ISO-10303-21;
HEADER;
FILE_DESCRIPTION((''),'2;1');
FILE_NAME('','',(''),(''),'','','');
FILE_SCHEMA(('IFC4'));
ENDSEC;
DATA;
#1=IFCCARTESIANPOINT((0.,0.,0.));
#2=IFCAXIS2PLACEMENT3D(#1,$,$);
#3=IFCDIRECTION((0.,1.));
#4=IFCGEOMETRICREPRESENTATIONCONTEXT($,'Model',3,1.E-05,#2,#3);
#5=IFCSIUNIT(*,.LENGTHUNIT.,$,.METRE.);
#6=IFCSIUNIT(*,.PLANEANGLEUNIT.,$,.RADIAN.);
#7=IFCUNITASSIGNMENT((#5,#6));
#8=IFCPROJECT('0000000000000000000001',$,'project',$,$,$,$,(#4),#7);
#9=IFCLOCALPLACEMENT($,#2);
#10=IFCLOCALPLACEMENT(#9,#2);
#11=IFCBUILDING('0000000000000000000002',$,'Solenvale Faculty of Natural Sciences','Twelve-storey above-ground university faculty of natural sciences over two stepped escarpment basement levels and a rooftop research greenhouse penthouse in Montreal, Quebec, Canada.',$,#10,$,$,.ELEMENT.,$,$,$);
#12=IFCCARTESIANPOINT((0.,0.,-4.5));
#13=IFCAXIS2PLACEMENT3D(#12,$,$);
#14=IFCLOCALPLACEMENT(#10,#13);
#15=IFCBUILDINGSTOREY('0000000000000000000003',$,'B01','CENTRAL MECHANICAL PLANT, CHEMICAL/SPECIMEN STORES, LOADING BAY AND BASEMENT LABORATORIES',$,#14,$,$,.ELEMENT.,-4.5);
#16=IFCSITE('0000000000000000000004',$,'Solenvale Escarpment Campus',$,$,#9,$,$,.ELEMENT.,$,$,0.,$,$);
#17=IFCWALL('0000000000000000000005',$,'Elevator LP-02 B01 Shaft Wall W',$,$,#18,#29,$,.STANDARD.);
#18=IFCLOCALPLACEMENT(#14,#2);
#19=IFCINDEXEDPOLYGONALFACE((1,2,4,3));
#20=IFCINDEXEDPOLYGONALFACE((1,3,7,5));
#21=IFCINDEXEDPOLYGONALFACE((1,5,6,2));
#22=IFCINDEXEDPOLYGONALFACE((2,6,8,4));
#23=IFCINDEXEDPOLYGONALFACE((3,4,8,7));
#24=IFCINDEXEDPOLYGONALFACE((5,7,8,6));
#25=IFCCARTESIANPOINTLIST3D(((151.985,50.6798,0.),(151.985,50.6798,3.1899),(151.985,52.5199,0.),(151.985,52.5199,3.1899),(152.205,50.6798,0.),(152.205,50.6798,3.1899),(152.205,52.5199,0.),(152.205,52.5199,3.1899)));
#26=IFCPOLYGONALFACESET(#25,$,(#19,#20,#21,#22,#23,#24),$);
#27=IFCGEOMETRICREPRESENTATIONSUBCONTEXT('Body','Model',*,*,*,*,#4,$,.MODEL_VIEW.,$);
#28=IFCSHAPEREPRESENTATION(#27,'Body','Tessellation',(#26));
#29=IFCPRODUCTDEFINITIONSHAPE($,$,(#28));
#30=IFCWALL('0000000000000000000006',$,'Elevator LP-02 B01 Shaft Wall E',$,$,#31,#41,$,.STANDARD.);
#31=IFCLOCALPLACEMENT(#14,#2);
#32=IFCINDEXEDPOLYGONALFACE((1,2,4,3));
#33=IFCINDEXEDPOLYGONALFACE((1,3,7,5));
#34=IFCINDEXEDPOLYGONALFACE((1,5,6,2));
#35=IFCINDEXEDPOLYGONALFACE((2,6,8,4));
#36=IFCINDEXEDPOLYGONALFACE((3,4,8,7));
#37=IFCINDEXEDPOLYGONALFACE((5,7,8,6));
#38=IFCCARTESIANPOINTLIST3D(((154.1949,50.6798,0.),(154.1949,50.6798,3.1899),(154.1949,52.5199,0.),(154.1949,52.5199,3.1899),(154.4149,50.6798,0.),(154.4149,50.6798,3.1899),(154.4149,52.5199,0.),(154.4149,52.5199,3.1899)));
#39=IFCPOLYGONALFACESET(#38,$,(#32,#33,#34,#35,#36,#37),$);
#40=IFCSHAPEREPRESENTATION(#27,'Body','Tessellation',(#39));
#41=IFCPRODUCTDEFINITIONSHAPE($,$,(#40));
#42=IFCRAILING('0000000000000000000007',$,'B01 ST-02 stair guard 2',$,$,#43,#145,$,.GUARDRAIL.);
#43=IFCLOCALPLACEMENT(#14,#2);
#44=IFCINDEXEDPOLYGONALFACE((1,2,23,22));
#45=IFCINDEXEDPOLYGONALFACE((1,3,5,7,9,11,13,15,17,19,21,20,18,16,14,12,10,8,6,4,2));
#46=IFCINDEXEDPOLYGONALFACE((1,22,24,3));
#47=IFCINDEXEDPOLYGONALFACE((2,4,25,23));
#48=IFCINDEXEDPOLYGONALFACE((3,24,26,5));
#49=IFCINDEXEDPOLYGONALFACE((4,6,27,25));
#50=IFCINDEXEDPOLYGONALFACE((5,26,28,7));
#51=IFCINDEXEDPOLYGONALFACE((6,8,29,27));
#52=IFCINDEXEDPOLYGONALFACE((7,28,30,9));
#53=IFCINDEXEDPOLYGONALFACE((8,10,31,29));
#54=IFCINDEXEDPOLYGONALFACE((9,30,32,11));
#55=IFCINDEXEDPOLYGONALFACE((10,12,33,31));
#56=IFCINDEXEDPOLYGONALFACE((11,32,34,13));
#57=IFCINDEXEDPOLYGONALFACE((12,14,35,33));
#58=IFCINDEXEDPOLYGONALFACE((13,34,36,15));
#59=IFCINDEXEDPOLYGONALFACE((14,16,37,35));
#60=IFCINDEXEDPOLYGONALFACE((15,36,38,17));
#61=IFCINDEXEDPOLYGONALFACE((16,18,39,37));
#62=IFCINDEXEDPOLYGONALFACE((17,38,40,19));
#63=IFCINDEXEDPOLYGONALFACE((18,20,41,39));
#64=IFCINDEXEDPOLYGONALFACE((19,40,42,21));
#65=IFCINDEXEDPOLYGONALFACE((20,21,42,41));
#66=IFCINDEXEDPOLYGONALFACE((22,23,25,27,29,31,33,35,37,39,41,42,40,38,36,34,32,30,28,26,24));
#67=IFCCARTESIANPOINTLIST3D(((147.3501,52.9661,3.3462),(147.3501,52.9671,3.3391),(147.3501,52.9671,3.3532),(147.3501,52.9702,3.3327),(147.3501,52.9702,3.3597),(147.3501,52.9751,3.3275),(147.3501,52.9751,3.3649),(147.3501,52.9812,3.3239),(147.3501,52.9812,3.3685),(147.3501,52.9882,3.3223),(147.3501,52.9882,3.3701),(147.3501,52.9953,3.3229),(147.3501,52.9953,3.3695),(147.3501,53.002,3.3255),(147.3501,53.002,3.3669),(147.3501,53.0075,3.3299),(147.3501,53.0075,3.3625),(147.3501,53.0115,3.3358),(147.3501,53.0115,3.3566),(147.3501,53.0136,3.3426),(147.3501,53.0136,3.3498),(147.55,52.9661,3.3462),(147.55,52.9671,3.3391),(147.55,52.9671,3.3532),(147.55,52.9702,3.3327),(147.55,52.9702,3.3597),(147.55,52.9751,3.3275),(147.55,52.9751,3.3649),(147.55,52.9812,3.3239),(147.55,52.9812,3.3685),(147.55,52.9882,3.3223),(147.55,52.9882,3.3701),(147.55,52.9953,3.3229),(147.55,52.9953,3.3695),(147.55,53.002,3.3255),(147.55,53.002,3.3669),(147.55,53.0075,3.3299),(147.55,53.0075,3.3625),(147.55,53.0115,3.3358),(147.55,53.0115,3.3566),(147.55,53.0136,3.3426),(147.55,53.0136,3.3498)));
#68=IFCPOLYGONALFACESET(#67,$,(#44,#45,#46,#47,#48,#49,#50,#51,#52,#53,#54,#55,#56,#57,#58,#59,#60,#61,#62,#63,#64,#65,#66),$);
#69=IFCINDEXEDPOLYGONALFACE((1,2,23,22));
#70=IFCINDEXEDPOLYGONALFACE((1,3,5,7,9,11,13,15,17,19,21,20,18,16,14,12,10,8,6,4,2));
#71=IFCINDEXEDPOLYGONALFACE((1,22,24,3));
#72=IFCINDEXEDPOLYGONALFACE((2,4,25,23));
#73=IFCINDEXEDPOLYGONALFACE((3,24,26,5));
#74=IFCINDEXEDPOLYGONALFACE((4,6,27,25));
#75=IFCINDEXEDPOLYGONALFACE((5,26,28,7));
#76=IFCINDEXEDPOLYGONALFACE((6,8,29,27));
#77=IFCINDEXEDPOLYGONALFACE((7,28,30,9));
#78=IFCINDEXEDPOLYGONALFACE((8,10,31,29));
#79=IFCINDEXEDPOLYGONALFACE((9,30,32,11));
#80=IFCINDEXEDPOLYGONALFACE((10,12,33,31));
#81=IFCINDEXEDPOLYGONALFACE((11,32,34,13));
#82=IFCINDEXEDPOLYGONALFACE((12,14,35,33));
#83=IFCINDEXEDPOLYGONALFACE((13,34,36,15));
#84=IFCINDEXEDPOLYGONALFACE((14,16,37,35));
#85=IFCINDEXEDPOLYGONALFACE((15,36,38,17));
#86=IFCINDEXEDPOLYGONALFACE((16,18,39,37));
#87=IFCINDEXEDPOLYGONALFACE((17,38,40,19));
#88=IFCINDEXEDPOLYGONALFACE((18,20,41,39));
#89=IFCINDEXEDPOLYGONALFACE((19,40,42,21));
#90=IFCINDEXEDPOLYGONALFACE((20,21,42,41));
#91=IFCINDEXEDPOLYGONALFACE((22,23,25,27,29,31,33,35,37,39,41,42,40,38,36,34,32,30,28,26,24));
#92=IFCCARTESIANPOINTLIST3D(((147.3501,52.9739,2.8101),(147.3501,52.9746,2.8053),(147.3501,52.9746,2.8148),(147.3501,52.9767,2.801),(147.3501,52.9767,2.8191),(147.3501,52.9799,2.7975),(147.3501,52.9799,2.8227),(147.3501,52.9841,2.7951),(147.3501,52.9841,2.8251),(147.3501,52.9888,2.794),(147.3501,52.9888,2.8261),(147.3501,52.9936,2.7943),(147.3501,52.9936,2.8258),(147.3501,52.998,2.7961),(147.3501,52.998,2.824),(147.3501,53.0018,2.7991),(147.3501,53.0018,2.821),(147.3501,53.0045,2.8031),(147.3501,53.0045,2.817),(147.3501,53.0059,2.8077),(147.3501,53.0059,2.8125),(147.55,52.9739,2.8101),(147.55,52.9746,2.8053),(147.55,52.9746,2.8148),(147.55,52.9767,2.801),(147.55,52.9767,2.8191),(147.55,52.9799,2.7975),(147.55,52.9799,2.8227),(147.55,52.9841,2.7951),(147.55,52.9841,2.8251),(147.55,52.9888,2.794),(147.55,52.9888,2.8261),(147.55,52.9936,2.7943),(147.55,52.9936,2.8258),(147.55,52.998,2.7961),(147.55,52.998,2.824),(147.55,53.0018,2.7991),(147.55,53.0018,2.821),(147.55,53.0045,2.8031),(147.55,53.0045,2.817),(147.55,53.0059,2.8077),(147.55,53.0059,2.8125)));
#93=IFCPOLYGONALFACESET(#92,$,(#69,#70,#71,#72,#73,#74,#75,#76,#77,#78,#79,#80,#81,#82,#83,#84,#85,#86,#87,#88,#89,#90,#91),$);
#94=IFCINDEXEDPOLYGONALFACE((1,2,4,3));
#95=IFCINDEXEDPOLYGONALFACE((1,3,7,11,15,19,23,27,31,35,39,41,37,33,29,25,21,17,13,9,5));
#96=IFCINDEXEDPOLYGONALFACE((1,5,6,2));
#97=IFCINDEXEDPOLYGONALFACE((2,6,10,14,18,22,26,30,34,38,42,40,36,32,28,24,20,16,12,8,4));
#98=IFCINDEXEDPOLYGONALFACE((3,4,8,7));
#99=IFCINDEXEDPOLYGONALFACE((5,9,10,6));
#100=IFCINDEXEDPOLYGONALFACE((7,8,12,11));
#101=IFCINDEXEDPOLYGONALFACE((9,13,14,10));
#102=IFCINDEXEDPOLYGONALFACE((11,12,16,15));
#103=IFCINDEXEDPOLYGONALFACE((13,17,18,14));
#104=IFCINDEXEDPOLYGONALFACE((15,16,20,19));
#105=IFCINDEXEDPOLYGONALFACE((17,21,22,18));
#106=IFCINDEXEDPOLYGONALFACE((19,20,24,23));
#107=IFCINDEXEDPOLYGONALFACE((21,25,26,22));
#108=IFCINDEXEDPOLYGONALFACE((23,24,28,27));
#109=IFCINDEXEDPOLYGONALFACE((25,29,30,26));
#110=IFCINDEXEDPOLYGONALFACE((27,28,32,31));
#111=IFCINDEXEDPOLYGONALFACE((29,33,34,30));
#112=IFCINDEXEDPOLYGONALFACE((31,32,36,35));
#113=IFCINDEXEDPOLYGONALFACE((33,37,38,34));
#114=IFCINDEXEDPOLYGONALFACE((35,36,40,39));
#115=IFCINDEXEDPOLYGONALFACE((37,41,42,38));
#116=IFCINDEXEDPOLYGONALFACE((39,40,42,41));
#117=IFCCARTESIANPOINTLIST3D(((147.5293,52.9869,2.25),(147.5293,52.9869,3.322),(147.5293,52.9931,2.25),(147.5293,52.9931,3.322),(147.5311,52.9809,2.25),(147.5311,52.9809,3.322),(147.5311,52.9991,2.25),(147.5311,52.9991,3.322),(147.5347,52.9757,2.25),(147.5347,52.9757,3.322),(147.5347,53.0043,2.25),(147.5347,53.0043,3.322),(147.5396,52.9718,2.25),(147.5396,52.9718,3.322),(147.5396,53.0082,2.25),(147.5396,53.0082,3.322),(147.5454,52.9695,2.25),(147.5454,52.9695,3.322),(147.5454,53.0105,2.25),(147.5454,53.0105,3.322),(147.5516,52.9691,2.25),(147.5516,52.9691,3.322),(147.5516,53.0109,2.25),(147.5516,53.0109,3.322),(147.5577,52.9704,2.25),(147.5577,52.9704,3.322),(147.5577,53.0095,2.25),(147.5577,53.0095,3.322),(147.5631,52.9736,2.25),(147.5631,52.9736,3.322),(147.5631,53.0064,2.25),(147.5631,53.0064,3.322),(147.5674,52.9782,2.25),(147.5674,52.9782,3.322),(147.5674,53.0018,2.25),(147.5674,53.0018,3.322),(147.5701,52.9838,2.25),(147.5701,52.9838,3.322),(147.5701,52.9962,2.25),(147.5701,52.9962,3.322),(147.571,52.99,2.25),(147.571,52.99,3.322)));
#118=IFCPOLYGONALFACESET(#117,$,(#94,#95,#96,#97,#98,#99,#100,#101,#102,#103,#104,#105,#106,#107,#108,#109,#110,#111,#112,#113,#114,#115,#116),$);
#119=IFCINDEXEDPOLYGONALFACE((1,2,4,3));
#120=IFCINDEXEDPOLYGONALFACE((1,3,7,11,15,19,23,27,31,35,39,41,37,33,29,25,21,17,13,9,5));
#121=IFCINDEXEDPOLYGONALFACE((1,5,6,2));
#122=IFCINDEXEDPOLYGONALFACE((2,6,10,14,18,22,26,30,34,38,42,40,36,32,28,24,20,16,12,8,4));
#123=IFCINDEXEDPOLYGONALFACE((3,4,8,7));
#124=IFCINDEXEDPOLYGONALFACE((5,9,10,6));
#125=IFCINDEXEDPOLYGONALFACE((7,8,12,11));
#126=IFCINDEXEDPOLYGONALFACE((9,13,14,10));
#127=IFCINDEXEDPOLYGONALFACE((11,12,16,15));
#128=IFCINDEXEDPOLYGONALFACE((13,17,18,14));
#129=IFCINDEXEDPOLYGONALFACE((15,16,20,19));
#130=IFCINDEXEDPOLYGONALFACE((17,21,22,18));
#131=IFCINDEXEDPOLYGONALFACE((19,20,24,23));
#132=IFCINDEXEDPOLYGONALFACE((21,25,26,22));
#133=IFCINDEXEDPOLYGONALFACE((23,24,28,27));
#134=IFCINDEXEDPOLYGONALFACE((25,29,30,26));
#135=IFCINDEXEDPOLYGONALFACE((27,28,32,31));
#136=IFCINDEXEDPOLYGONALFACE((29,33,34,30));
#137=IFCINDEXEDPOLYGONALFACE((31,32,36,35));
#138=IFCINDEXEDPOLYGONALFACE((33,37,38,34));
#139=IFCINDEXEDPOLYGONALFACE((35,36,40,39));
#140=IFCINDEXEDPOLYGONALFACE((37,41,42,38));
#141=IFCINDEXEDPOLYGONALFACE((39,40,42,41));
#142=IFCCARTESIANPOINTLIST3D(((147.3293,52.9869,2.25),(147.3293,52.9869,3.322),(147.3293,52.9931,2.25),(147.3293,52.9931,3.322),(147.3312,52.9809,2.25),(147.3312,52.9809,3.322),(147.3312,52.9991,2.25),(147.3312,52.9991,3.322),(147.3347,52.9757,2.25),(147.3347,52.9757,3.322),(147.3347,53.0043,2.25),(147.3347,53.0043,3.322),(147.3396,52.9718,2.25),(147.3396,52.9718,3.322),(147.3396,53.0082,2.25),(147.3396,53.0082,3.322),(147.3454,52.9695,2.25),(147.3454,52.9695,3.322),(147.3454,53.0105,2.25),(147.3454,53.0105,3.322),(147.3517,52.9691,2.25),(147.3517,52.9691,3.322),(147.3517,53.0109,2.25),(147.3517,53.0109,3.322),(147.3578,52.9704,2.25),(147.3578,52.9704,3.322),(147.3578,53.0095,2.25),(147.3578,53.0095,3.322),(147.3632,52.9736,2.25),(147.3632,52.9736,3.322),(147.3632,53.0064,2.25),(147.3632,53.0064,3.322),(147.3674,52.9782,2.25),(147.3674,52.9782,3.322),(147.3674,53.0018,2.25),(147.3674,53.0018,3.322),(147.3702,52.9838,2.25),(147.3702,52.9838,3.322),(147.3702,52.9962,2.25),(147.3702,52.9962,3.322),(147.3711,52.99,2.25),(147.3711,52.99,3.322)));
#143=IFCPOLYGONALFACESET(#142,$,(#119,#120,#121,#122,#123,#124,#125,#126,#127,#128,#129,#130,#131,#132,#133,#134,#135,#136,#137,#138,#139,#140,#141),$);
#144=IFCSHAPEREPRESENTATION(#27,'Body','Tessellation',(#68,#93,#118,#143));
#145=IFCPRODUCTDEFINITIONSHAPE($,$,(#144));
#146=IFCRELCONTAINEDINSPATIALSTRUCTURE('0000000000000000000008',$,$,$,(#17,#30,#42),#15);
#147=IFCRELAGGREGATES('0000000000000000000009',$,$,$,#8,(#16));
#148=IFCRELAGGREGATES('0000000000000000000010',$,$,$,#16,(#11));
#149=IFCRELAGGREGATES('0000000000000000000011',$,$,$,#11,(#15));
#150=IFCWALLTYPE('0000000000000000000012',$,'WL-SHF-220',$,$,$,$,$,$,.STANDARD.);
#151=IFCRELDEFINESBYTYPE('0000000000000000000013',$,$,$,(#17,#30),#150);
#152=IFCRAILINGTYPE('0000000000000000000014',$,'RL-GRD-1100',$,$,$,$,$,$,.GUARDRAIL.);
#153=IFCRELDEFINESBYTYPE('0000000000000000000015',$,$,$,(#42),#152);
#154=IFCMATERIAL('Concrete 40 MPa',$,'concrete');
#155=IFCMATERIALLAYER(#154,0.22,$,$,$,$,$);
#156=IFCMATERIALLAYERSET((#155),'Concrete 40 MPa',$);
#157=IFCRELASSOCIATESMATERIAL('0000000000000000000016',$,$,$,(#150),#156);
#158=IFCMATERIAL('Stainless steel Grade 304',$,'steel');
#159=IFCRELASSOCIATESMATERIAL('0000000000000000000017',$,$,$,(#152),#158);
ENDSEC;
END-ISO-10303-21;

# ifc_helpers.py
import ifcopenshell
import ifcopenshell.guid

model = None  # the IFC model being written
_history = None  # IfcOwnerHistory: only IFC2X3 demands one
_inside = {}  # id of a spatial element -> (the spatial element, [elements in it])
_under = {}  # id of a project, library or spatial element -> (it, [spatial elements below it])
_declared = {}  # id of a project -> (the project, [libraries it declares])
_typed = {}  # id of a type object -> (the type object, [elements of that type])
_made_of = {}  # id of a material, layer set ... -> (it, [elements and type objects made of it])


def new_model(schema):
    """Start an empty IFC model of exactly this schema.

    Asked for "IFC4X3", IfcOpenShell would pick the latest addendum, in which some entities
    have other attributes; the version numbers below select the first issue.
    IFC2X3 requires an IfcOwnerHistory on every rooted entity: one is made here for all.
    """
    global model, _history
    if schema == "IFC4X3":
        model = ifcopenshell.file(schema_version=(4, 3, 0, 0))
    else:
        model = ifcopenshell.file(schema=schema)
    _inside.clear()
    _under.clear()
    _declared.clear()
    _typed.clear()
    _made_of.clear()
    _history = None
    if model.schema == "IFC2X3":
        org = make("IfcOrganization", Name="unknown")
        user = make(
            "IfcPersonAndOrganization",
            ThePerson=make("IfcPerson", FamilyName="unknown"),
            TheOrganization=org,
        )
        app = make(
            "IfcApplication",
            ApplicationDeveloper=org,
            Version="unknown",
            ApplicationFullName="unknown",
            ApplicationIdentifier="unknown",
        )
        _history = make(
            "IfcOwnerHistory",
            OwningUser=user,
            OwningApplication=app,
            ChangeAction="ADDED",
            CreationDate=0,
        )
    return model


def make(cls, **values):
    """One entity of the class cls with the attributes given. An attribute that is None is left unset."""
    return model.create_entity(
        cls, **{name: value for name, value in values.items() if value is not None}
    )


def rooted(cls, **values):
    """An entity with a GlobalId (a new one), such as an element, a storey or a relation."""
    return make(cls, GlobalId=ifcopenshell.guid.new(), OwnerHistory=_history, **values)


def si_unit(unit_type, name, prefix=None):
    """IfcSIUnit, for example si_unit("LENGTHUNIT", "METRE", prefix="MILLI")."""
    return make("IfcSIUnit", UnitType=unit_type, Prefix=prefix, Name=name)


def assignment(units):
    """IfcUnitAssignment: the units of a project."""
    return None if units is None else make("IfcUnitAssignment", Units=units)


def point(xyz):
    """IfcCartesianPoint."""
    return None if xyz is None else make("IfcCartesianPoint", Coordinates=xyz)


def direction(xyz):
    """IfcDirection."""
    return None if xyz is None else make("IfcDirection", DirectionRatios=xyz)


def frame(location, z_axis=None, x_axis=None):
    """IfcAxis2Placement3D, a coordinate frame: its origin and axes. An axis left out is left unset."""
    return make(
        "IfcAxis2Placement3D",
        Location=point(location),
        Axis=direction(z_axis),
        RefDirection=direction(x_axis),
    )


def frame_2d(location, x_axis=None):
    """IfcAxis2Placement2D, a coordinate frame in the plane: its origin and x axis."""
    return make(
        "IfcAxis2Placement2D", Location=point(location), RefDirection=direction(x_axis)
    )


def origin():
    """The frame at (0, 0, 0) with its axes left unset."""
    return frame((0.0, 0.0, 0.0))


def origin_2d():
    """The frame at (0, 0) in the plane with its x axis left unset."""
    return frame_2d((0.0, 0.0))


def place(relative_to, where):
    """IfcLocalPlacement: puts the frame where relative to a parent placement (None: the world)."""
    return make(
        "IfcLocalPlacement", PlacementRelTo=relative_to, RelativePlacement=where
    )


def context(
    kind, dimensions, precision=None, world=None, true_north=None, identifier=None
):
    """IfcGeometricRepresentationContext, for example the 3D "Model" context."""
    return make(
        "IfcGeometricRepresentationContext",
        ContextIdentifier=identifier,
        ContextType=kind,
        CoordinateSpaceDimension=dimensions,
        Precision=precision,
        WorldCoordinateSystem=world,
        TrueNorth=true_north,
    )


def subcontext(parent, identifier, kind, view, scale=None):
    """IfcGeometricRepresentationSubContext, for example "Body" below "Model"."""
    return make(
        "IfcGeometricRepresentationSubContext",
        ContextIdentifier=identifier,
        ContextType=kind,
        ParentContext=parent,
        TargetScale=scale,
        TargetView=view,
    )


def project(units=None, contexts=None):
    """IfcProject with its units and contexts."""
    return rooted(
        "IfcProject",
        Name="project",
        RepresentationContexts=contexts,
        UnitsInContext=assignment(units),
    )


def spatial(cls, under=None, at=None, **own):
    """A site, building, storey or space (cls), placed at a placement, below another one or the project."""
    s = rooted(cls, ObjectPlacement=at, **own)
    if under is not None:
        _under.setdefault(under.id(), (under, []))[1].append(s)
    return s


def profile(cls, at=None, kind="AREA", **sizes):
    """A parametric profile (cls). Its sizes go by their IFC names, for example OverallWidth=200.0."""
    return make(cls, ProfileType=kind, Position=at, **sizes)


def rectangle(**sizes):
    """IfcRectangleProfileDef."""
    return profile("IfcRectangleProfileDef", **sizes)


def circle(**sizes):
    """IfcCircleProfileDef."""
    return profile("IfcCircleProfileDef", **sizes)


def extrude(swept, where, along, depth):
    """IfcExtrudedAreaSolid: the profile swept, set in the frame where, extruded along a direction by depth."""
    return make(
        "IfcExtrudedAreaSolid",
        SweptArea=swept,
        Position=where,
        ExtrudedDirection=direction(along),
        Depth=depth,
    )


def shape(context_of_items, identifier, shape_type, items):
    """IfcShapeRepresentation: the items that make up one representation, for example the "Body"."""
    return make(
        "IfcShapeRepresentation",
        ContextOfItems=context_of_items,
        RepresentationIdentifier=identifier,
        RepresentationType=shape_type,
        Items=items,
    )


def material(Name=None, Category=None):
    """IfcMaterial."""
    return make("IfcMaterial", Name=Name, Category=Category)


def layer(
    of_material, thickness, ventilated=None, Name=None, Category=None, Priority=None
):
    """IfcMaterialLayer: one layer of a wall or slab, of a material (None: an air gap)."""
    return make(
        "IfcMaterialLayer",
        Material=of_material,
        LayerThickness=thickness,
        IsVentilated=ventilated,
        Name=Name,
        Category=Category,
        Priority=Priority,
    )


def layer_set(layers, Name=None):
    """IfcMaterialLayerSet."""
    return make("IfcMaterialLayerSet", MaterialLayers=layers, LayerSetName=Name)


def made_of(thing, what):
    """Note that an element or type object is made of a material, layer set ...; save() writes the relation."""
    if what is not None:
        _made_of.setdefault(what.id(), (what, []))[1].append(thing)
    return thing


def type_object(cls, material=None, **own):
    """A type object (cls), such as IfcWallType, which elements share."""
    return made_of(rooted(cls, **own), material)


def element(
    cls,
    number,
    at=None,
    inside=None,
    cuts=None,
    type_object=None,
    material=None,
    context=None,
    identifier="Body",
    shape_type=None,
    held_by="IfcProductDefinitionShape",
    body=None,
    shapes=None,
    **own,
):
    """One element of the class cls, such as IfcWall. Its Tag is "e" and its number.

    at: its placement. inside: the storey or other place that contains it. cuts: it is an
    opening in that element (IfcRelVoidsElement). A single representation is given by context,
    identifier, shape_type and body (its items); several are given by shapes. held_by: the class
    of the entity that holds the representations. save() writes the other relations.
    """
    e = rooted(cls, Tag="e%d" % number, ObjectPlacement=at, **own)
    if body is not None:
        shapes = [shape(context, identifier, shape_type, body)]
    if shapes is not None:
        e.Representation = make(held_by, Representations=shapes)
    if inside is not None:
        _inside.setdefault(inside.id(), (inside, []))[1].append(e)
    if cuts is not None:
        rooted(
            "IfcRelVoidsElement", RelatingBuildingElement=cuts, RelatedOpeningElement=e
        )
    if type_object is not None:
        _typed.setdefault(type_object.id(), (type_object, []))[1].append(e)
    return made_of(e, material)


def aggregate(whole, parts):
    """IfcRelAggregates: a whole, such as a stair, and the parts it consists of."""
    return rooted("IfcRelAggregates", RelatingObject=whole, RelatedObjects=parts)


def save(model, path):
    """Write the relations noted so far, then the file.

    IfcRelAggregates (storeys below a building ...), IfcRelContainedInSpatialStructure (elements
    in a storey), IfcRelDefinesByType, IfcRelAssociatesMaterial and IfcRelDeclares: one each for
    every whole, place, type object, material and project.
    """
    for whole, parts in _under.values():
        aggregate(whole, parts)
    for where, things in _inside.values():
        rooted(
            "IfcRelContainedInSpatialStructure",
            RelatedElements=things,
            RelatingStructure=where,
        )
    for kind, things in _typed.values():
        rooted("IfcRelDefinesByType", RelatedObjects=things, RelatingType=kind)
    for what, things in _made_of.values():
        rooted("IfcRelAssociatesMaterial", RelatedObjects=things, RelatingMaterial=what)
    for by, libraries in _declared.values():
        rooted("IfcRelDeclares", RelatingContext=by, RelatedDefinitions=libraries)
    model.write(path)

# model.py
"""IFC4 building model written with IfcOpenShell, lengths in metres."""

from ifc_helpers import new_model, si_unit, direction, frame, frame_2d, origin, origin_2d, place, context, subcontext, project, spatial, rectangle, circle, extrude, material, layer, layer_set, type_object, element, save


model = new_model("IFC4")

# Units and contexts
model_context = context("Model", 3, precision=1e-05, world=origin(), true_north=direction((0.0, 1.0)))
body_context = subcontext(model_context, "Body", "Model", "MODEL_VIEW")
ifc_project = project(units=[si_unit("LENGTHUNIT", "METRE"), si_unit("PLANEANGLEUNIT", "RADIAN")], contexts=[model_context])

# Site, building, storey
site_placement = place(None, origin())
site = spatial("IfcSite", under=ifc_project, at=site_placement, Name="Solenvale Escarpment Campus", CompositionType="ELEMENT", RefElevation=0.0)
building_placement = place(site_placement, origin())
building = spatial("IfcBuilding", under=site, at=building_placement, Name="Solenvale Faculty of Natural Sciences", Description="Twelve-storey above-ground university faculty of natural sciences over two stepped escarpment basement levels and a rooftop research greenhouse penthouse in Montreal, Quebec, Canada.", CompositionType="ELEMENT")
storey_placement = place(building_placement, frame((0.0, 0.0, -4.5)))
storey = spatial("IfcBuildingStorey", under=building, at=storey_placement, Name="B01", Description="CENTRAL MECHANICAL PLANT, CHEMICAL/SPECIMEN STORES, LOADING BAY AND BASEMENT LABORATORIES", CompositionType="ELEMENT", Elevation=-4.5)

# Shared definitions
ifc_material_1 = material(Name="Concrete 40 MPa", Category="concrete")

# Shared definitions
ifc_layer = layer(ifc_material_1, 0.22)
ifc_layer_set = layer_set([ifc_layer], Name="Concrete 40 MPa")
wall_type = type_object("IfcWallType", Name="WL-SHF-220", PredefinedType="STANDARD", material=ifc_layer_set)

# Shared definitions
ifc_material_2 = material(Name="Stainless steel Grade 304", Category="steel")

# Walls
for number, where, z_axis, x_axis, name in (
    (1, (152.095, 50.6799, 0.0), (0.0, 0.0, 1.0), (0.0, 1.0, 0.0), "Elevator LP-02 B01 Shaft Wall W"),
    (2, (154.3049, 50.6799, 0.0), (0.0, 0.0, 1.0), (0.0, 1.0, 0.0), "Elevator LP-02 B01 Shaft Wall E"),
):
    element("IfcWall", number, at=place(storey_placement, frame(where, z_axis=z_axis, x_axis=x_axis)), inside=storey, type_object=wall_type, Name=name, PredefinedType="STANDARD", context=body_context, shape_type="SweptSolid", body=[
        extrude(rectangle(XDim=1.8401, YDim=0.22, at=frame_2d((0.9199, 0.0))), origin(), (0.0, 0.0, 1.0), 3.1899),
    ])

# Railing
railing_type = type_object("IfcRailingType", Name="RL-GRD-1100", PredefinedType="GUARDRAIL", material=ifc_material_2)
railing_1_placement = place(storey_placement, frame((147.55, 52.99, 2.25)))
element("IfcRailing", 3, at=railing_1_placement, inside=storey, type_object=railing_type, Name="B01 ST-02 stair guard 2", PredefinedType="GUARDRAIL", context=body_context, shape_type="SweptSolid", body=[
    extrude(circle(Radius=0.0239, at=origin_2d()), frame((0.0, 0.0, 1.0962), z_axis=(-1.0, 0.0, 0.0), x_axis=(0.0, -1.0, 0.0)), (0.0, 0.0, 1.0), 0.2),
    extrude(circle(Radius=0.0161, at=origin_2d()), frame((0.0, 0.0, 0.5601), z_axis=(-1.0, 0.0, 0.0), x_axis=(0.0, -1.0, 0.0)), (0.0, 0.0, 1.0), 0.2),
    extrude(circle(Radius=0.021, at=origin_2d()), origin(), (0.0, 0.0, 1.0), 1.072),
    extrude(circle(Radius=0.021, at=origin_2d()), frame((-0.2, 0.0, 0.0)), (0.0, 0.0, 1.0), 1.072),
])

save(model, "model.ifc")
